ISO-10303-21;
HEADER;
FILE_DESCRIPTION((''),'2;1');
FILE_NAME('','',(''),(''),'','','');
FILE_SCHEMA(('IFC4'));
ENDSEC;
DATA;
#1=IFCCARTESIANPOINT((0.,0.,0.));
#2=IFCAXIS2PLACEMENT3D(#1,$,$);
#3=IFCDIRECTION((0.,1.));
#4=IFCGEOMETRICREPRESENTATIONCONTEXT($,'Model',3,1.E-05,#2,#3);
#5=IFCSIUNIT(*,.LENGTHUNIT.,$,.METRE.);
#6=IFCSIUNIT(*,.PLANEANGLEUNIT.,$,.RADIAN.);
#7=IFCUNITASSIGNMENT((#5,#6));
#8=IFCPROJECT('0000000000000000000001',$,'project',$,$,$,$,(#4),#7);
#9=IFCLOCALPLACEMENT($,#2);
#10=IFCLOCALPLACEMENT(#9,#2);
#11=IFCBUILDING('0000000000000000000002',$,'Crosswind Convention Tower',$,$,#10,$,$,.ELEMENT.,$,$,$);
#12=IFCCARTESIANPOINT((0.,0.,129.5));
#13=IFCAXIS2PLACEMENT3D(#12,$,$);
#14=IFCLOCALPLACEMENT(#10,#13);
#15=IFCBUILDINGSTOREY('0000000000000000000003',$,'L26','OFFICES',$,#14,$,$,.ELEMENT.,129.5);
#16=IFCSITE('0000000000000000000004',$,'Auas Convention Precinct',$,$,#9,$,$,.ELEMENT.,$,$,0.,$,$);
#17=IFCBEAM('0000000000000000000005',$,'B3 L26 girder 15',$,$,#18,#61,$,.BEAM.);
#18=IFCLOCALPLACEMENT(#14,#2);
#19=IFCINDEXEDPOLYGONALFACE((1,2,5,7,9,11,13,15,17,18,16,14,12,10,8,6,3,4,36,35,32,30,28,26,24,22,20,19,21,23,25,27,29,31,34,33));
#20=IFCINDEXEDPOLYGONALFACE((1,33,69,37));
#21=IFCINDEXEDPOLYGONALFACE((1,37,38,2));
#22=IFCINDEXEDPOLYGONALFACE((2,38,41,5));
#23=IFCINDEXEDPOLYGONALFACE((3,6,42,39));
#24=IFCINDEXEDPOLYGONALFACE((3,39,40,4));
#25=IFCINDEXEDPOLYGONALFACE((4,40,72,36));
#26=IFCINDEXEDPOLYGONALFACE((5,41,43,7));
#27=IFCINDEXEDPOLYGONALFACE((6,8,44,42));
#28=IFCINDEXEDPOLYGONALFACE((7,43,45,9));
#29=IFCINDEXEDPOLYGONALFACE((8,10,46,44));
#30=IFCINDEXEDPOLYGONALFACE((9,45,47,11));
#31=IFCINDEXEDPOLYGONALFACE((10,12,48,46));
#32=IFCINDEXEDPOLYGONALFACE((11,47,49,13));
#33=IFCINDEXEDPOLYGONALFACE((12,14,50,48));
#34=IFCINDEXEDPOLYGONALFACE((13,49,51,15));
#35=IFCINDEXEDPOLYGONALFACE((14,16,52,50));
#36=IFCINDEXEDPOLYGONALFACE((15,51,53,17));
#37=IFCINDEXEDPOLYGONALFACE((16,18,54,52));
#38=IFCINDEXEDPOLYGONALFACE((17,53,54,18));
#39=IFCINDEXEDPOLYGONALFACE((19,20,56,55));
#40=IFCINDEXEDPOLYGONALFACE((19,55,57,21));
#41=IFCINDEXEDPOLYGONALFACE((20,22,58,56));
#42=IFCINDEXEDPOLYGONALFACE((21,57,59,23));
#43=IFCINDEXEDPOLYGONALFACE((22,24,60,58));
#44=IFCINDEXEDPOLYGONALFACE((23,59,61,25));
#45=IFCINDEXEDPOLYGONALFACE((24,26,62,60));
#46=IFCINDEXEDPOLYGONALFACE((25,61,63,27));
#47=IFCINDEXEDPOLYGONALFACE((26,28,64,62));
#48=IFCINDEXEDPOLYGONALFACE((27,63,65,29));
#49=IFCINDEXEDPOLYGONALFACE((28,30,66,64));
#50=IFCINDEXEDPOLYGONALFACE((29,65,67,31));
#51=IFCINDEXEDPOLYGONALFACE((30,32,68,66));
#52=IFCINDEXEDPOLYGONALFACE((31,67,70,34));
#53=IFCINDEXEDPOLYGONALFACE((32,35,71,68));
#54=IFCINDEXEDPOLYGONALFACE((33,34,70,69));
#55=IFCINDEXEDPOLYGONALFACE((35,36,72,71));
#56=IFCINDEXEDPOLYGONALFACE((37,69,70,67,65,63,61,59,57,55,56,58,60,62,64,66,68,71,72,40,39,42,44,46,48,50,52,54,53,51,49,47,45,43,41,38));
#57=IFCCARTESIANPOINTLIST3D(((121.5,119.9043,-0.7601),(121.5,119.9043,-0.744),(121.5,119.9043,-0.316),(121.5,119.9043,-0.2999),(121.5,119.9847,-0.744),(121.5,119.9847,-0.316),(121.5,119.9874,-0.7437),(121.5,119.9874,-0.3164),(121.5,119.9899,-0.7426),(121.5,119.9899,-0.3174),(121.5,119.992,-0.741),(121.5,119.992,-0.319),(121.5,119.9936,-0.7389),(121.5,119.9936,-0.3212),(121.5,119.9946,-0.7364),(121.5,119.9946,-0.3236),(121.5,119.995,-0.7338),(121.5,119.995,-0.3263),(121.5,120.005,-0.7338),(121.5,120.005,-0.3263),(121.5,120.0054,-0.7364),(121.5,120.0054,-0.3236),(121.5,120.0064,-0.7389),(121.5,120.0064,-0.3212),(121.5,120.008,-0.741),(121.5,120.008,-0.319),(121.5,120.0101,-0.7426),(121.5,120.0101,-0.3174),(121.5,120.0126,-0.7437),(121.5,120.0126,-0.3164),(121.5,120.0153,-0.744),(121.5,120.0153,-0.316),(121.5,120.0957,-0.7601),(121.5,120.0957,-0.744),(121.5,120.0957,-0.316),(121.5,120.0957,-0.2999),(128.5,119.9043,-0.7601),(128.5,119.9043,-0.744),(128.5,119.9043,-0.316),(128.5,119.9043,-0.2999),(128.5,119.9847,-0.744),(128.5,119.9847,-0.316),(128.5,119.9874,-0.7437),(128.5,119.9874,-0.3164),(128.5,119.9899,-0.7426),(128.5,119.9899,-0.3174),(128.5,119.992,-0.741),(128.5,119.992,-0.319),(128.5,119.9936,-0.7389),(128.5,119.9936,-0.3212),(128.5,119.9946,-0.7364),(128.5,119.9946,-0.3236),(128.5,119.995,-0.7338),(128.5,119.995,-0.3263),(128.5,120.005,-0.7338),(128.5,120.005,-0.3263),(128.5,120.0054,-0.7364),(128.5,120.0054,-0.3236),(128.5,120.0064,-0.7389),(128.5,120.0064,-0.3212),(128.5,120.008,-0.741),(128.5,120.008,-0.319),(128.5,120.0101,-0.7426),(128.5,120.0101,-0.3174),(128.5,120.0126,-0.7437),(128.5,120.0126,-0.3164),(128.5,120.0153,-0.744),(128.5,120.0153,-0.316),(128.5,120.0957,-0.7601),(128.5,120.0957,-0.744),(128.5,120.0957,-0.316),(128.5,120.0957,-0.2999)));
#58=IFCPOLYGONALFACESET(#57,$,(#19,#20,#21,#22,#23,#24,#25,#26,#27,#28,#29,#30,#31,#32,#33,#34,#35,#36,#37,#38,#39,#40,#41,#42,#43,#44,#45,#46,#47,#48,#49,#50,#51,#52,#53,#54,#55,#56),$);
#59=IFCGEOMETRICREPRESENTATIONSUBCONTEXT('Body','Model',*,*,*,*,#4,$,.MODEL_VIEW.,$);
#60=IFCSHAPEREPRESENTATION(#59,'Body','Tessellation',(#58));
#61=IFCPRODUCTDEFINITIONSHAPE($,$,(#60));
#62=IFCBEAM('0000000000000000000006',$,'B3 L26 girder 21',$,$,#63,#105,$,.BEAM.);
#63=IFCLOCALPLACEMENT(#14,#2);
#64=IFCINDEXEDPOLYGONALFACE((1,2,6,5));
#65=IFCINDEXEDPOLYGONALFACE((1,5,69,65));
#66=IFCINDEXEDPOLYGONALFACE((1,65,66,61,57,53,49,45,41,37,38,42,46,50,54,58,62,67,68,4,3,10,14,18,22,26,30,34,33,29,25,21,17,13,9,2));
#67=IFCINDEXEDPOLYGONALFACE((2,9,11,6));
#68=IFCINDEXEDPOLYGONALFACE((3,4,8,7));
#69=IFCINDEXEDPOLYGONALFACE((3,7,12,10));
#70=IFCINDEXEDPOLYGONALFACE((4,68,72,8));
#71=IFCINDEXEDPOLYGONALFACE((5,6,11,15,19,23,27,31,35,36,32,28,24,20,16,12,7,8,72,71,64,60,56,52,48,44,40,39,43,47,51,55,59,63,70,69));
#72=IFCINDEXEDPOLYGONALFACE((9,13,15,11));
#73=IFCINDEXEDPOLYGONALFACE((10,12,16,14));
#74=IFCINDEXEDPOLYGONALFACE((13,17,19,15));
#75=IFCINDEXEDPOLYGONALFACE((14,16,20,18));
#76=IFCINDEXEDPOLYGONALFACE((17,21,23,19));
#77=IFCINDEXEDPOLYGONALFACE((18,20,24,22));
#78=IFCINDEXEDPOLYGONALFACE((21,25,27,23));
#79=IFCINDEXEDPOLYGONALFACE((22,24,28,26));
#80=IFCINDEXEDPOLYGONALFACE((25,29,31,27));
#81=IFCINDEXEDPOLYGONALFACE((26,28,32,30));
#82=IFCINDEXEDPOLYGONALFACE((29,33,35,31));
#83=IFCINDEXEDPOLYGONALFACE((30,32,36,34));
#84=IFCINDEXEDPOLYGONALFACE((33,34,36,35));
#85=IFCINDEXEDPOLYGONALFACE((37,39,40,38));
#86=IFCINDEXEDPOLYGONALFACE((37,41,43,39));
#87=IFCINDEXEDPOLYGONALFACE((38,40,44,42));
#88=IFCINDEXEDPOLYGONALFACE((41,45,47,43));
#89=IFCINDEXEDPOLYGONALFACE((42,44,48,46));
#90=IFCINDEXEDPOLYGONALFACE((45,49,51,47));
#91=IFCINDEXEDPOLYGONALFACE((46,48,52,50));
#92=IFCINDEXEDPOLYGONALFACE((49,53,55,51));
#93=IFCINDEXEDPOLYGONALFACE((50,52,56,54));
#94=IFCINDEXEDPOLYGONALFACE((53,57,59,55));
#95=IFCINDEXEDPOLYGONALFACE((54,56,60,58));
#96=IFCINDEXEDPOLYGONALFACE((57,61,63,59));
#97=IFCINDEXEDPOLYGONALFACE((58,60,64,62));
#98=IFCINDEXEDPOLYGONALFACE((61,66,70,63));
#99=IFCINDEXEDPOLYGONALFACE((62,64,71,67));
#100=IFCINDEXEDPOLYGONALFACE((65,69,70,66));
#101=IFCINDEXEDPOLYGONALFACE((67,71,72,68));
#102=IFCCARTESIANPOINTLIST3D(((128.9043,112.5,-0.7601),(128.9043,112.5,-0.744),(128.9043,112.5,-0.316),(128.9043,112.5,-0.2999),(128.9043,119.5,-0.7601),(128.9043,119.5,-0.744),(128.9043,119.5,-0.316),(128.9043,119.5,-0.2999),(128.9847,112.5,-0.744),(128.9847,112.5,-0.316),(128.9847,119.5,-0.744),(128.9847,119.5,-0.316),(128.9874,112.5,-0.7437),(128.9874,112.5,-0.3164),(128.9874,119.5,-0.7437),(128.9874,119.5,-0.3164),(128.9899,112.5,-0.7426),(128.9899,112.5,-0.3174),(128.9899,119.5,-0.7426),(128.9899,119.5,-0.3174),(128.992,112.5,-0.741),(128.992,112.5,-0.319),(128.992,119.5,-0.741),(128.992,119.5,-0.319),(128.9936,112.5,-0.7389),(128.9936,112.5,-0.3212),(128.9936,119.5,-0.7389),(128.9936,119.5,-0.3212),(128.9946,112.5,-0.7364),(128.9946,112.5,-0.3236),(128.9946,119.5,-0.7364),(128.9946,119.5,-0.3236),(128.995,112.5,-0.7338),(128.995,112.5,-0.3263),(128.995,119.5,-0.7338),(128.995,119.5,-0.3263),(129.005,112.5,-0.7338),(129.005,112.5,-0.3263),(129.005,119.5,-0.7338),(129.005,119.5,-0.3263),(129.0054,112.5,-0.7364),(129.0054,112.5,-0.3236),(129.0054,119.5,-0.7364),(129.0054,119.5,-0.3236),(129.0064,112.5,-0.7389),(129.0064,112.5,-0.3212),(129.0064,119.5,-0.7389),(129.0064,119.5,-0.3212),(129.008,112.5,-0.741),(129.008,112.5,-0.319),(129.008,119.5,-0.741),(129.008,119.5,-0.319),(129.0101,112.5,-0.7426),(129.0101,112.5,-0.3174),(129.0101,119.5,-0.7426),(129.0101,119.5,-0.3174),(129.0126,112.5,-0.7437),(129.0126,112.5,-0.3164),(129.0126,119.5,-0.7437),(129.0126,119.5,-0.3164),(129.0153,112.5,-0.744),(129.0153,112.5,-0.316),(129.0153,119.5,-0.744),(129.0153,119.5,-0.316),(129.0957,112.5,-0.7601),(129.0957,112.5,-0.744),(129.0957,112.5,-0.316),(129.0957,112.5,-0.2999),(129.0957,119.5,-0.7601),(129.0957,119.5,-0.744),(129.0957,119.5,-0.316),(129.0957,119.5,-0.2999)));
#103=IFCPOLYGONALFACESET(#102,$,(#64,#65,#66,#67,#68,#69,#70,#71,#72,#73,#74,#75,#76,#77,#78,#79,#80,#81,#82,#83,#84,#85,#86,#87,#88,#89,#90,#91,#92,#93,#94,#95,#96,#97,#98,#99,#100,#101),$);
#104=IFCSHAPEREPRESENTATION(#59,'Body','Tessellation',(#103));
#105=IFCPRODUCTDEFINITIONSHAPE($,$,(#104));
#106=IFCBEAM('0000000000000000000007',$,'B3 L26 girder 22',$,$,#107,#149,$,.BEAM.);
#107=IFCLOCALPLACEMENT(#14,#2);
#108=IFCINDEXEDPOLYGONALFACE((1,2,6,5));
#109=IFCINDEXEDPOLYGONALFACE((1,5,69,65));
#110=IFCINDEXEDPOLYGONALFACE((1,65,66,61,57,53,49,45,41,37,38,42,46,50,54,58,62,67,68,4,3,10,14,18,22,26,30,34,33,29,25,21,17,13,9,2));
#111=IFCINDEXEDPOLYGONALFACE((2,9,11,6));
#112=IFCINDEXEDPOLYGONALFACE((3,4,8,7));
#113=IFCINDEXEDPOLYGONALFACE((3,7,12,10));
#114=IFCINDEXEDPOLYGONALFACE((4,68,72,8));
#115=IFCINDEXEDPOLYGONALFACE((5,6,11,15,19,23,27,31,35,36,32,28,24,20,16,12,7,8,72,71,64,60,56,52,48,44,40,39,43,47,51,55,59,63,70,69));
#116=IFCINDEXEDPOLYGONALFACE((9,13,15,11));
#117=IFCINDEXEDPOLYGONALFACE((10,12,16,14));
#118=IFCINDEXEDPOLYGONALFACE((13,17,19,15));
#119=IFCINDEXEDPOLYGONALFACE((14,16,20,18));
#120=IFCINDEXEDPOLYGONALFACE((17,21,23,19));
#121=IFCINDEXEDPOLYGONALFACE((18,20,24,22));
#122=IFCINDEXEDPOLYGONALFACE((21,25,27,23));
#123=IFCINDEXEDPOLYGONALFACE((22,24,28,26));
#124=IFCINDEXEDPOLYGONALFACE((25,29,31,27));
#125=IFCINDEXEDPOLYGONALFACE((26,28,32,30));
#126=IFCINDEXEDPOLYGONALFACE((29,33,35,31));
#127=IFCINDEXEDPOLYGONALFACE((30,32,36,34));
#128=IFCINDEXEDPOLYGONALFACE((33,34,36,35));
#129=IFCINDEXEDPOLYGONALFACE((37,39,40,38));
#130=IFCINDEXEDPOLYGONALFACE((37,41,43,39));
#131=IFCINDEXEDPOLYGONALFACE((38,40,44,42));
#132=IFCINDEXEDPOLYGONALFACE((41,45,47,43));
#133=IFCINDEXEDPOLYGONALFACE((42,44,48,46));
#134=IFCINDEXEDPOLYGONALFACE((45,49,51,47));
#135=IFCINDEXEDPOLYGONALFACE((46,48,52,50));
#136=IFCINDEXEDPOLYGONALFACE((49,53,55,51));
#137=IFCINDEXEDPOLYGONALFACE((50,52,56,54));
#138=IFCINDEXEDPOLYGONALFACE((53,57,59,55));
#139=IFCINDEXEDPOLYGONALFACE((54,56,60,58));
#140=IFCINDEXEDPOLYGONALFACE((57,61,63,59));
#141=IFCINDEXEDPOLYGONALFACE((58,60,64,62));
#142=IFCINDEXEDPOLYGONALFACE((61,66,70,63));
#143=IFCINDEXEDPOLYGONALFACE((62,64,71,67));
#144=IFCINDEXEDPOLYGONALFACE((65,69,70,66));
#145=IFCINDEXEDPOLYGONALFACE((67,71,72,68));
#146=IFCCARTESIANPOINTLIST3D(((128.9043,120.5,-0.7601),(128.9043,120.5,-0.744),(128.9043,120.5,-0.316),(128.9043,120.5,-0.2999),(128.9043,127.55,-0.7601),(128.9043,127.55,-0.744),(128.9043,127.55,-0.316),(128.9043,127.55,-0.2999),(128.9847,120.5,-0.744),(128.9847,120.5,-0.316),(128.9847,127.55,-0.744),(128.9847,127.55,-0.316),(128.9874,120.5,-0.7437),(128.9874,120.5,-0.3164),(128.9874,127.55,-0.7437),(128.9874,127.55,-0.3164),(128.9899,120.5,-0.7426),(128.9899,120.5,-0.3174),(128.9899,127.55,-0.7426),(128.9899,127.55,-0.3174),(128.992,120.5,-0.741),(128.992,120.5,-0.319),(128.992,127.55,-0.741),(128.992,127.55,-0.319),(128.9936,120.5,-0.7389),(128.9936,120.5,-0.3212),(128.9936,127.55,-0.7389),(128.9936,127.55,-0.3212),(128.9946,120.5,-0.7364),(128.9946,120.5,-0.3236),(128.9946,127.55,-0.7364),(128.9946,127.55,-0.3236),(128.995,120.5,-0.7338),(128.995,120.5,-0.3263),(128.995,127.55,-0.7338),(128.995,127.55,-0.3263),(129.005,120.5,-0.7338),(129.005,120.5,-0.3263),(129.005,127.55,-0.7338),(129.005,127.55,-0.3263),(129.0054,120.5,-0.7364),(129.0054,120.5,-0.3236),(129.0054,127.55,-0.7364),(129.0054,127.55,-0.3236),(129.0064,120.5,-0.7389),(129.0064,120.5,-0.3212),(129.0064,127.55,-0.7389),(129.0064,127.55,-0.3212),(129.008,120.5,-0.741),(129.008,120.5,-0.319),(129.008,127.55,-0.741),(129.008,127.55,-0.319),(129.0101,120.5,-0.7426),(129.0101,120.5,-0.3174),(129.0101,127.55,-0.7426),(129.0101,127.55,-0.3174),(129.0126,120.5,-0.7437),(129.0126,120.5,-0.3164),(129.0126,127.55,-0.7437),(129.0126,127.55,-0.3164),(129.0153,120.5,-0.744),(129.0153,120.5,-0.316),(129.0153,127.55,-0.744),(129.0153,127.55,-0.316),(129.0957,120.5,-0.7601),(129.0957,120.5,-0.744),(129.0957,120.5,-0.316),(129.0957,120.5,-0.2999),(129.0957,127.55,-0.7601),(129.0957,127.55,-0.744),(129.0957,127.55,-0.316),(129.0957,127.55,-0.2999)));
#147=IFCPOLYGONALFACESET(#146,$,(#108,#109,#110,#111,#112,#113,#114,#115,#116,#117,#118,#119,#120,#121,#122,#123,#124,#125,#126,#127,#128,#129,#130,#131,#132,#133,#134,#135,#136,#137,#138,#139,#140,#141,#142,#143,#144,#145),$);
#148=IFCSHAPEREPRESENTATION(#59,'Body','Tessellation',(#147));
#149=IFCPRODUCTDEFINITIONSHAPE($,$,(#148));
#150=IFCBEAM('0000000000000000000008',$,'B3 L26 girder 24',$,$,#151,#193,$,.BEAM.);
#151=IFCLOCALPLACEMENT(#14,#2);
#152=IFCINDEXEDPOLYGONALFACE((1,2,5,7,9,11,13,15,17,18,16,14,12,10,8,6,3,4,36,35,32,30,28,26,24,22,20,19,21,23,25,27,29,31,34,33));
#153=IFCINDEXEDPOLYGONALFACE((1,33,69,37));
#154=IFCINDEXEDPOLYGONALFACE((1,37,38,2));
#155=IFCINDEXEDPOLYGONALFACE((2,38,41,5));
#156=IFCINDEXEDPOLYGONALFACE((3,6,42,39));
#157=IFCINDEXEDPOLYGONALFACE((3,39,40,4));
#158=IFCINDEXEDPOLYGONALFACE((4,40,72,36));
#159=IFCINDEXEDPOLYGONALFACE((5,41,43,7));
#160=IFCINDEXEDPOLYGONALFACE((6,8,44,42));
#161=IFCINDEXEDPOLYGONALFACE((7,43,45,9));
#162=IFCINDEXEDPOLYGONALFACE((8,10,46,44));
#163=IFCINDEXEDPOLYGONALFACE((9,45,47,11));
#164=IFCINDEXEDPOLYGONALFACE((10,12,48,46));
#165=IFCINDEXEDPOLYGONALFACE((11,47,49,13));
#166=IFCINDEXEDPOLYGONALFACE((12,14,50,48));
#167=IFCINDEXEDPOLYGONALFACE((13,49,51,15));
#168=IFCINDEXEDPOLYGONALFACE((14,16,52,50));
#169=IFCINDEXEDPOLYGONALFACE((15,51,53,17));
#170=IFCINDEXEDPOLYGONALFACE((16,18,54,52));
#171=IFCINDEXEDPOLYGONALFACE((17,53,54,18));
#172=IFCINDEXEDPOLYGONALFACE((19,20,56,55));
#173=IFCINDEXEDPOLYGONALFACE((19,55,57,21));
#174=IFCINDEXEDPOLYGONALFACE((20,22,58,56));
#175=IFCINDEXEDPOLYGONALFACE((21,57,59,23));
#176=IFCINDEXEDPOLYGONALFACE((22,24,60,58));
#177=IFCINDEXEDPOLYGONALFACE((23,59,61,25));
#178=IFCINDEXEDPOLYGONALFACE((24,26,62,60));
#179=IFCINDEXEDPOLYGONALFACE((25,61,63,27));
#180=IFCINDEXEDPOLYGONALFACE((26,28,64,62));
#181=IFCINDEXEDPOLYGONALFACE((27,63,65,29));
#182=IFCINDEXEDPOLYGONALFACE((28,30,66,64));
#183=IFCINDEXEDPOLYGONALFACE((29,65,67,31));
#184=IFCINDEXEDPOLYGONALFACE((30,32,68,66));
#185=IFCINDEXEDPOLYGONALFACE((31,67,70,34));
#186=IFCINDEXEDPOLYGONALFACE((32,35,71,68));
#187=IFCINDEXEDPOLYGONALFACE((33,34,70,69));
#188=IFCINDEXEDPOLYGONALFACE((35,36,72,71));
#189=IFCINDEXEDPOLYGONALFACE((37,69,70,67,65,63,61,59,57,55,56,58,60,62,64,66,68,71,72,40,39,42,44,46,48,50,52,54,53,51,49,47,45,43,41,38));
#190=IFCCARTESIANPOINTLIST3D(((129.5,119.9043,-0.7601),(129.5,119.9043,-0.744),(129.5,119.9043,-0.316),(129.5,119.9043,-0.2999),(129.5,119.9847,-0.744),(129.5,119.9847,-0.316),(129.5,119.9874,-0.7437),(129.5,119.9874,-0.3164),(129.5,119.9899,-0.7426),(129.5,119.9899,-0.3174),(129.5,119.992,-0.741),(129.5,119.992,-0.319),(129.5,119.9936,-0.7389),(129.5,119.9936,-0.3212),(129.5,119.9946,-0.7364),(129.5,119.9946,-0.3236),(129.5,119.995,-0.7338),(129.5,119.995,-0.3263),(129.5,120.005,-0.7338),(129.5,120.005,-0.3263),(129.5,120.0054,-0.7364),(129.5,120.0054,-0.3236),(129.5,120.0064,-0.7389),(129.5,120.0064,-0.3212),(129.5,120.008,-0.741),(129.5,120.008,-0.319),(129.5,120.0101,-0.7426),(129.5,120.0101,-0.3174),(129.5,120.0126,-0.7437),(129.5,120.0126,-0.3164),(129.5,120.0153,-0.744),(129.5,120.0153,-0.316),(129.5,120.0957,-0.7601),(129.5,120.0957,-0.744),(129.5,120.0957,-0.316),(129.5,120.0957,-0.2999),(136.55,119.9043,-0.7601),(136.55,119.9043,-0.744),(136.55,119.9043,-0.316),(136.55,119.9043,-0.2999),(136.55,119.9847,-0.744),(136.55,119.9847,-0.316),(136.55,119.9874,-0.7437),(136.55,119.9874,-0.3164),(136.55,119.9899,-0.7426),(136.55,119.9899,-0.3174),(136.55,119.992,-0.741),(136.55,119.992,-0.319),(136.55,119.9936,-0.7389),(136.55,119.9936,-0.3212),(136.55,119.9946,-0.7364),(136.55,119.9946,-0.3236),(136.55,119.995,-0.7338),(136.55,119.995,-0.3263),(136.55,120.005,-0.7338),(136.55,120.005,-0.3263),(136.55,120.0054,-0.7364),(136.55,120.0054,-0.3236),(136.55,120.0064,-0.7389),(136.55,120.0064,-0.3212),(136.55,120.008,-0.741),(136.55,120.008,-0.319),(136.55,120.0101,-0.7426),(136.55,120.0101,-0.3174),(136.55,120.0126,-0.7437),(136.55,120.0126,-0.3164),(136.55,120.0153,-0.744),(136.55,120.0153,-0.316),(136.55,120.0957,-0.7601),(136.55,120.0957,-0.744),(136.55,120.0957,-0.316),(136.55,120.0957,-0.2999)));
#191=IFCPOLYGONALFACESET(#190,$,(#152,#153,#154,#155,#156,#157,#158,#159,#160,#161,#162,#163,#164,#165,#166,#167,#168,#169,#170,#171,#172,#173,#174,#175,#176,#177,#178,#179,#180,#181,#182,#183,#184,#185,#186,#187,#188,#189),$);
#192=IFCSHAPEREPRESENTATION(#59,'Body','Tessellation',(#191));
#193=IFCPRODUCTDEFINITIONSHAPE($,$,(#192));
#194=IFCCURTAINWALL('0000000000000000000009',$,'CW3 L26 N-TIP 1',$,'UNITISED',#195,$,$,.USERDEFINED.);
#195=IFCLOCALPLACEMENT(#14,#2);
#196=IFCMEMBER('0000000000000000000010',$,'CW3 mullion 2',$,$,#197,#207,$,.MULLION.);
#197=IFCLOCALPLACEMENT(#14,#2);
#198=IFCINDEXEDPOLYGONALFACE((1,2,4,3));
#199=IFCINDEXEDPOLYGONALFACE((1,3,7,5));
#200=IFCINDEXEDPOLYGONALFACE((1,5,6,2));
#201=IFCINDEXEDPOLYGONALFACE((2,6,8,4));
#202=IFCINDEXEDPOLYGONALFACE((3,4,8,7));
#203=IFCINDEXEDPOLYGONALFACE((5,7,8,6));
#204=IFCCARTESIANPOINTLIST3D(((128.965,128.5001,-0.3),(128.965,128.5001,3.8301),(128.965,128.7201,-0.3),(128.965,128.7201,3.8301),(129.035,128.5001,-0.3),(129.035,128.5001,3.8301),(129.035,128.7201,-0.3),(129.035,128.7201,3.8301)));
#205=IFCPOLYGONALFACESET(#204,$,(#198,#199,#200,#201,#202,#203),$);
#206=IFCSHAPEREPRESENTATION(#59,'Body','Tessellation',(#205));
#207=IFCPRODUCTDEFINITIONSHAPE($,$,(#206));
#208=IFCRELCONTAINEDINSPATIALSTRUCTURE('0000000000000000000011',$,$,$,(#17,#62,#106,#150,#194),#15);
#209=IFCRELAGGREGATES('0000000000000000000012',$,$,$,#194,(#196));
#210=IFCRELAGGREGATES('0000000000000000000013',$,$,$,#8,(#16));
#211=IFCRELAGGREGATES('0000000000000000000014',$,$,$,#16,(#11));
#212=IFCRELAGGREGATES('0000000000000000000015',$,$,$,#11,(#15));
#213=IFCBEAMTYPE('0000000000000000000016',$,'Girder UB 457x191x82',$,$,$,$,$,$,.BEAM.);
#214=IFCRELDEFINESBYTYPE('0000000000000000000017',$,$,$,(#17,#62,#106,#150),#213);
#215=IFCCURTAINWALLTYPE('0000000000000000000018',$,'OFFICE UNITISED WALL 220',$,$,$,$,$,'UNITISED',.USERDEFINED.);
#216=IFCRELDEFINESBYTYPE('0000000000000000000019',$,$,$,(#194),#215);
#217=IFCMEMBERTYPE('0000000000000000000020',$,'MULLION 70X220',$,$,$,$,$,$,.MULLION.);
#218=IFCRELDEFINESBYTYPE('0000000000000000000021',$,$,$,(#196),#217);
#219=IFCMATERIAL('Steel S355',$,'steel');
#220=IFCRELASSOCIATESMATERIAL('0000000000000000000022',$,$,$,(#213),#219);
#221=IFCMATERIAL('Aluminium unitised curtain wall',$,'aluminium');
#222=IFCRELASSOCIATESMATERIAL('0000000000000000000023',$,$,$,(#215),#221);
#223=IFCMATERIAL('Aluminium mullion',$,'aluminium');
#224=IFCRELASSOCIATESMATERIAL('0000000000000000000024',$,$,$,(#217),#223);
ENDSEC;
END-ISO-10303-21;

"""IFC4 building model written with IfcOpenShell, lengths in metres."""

from ifc_helpers import new_model, si_unit, direction, frame, origin, origin_2d, place, context, subcontext, project, spatial, rectangle, i_section, extrude, material, material_profile, profile_set, type_object, element, aggregate, save


model = new_model("IFC4")

# Units and contexts
model_context = context("Model", 3, precision=1e-05, world=origin(), true_north=direction((0.0, 1.0)))
body_context = subcontext(model_context, "Body", "Model", "MODEL_VIEW")
ifc_project = project(units=[si_unit("LENGTHUNIT", "METRE"), si_unit("PLANEANGLEUNIT", "RADIAN")], contexts=[model_context])

# Site, building, storey
site_placement = place(None, origin())
site = spatial("IfcSite", under=ifc_project, at=site_placement, Name="Auas Convention Precinct", CompositionType="ELEMENT", RefElevation=0.0)
building_placement = place(site_placement, origin())
building = spatial("IfcBuilding", under=site, at=building_placement, Name="Crosswind Convention Tower", CompositionType="ELEMENT")
storey_placement = place(building_placement, frame((0.0, 0.0, 129.5)))
storey = spatial("IfcBuildingStorey", under=building, at=storey_placement, Name="L26", Description="OFFICES", CompositionType="ELEMENT", Elevation=129.5)

# Beams
ifc_material_1 = material(Name="Steel S355", Category="steel")
ifc_material_profile_1 = material_profile(ifc_material_1, i_section(OverallWidth=0.1914, OverallDepth=0.4602, WebThickness=0.01, FlangeThickness=0.0161, FilletRadius=0.0103, at=origin_2d()), Name="UB 457x191x82")
ifc_profile_set_1 = profile_set([ifc_material_profile_1], Name="Steel S355")
beam_type_1 = type_object("IfcBeamType", Name="Girder UB 457x191x82", PredefinedType="BEAM", material=ifc_profile_set_1)
for number, where, z_axis, x_axis, name in (
    (1, (121.5, 120.0, -0.53), (1.0, 0.0, 0.0), (0.0, 1.0, 0.0), "B3 L26 girder 15"),
    (2, (129.0, 112.5, -0.53), (0.0, 1.0, 0.0), (-1.0, 0.0, 0.0), "B3 L26 girder 21"),
):
    element("IfcBeam", number, at=place(storey_placement, frame(where, z_axis=z_axis, x_axis=x_axis)), inside=storey, type_object=beam_type_1, Name=name, PredefinedType="BEAM", context=body_context, shape_type="SweptSolid", body=[
        extrude(i_section(OverallWidth=0.1914, OverallDepth=0.4602, WebThickness=0.01, FlangeThickness=0.0161, FilletRadius=0.0103, at=origin_2d()), origin(), (0.0, 0.0, 1.0), 7.0),
    ])
for number, where, z_axis, x_axis, name in (
    (3, (129.0, 120.5, -0.53), (0.0, 1.0, 0.0), (-1.0, 0.0, 0.0), "B3 L26 girder 22"),
    (4, (129.5, 120.0, -0.53), (1.0, 0.0, 0.0), (0.0, 1.0, 0.0), "B3 L26 girder 24"),
):
    element("IfcBeam", number, at=place(storey_placement, frame(where, z_axis=z_axis, x_axis=x_axis)), inside=storey, type_object=beam_type_1, Name=name, PredefinedType="BEAM", context=body_context, shape_type="SweptSolid", body=[
        extrude(i_section(OverallWidth=0.1914, OverallDepth=0.4602, WebThickness=0.01, FlangeThickness=0.0161, FilletRadius=0.0103, at=origin_2d()), origin(), (0.0, 0.0, 1.0), 7.05),
    ])

# Curtain wall, member
ifc_material_2 = material(Name="Aluminium unitised curtain wall", Category="aluminium")
curtain_wall_type = type_object("IfcCurtainWallType", Name="OFFICE UNITISED WALL 220", ElementType="UNITISED", PredefinedType="USERDEFINED", material=ifc_material_2)
curtain_wall_placement = place(storey_placement, origin())
curtain_wall = element("IfcCurtainWall", 5, at=curtain_wall_placement, inside=storey, type_object=curtain_wall_type, Name="CW3 L26 N-TIP 1", ObjectType="UNITISED", PredefinedType="USERDEFINED")
ifc_material_3 = material(Name="Aluminium mullion", Category="aluminium")
ifc_material_profile_2 = material_profile(ifc_material_3, rectangle(XDim=0.22, YDim=0.0701, at=origin_2d()), Name="AL 220X70")
ifc_profile_set_2 = profile_set([ifc_material_profile_2], Name="Aluminium mullion")
member_type_1 = type_object("IfcMemberType", Name="MULLION 70X220", PredefinedType="MULLION", material=ifc_profile_set_2)
member_1_placement = place(storey_placement, frame((129.0, 128.6101, -0.3), z_axis=(0.0, 0.0, 1.0), x_axis=(0.0, 1.0, 0.0)))
member_1 = element("IfcMember", 6, at=member_1_placement, type_object=member_type_1, Name="CW3 mullion 2", PredefinedType="MULLION", context=body_context, shape_type="SweptSolid", body=[
    extrude(rectangle(XDim=0.22, YDim=0.0701, at=origin_2d()), origin(), (0.0, 0.0, 1.0), 4.1301),
])

aggregate(curtain_wall, [member_1])

save(model, "model.ifc")
